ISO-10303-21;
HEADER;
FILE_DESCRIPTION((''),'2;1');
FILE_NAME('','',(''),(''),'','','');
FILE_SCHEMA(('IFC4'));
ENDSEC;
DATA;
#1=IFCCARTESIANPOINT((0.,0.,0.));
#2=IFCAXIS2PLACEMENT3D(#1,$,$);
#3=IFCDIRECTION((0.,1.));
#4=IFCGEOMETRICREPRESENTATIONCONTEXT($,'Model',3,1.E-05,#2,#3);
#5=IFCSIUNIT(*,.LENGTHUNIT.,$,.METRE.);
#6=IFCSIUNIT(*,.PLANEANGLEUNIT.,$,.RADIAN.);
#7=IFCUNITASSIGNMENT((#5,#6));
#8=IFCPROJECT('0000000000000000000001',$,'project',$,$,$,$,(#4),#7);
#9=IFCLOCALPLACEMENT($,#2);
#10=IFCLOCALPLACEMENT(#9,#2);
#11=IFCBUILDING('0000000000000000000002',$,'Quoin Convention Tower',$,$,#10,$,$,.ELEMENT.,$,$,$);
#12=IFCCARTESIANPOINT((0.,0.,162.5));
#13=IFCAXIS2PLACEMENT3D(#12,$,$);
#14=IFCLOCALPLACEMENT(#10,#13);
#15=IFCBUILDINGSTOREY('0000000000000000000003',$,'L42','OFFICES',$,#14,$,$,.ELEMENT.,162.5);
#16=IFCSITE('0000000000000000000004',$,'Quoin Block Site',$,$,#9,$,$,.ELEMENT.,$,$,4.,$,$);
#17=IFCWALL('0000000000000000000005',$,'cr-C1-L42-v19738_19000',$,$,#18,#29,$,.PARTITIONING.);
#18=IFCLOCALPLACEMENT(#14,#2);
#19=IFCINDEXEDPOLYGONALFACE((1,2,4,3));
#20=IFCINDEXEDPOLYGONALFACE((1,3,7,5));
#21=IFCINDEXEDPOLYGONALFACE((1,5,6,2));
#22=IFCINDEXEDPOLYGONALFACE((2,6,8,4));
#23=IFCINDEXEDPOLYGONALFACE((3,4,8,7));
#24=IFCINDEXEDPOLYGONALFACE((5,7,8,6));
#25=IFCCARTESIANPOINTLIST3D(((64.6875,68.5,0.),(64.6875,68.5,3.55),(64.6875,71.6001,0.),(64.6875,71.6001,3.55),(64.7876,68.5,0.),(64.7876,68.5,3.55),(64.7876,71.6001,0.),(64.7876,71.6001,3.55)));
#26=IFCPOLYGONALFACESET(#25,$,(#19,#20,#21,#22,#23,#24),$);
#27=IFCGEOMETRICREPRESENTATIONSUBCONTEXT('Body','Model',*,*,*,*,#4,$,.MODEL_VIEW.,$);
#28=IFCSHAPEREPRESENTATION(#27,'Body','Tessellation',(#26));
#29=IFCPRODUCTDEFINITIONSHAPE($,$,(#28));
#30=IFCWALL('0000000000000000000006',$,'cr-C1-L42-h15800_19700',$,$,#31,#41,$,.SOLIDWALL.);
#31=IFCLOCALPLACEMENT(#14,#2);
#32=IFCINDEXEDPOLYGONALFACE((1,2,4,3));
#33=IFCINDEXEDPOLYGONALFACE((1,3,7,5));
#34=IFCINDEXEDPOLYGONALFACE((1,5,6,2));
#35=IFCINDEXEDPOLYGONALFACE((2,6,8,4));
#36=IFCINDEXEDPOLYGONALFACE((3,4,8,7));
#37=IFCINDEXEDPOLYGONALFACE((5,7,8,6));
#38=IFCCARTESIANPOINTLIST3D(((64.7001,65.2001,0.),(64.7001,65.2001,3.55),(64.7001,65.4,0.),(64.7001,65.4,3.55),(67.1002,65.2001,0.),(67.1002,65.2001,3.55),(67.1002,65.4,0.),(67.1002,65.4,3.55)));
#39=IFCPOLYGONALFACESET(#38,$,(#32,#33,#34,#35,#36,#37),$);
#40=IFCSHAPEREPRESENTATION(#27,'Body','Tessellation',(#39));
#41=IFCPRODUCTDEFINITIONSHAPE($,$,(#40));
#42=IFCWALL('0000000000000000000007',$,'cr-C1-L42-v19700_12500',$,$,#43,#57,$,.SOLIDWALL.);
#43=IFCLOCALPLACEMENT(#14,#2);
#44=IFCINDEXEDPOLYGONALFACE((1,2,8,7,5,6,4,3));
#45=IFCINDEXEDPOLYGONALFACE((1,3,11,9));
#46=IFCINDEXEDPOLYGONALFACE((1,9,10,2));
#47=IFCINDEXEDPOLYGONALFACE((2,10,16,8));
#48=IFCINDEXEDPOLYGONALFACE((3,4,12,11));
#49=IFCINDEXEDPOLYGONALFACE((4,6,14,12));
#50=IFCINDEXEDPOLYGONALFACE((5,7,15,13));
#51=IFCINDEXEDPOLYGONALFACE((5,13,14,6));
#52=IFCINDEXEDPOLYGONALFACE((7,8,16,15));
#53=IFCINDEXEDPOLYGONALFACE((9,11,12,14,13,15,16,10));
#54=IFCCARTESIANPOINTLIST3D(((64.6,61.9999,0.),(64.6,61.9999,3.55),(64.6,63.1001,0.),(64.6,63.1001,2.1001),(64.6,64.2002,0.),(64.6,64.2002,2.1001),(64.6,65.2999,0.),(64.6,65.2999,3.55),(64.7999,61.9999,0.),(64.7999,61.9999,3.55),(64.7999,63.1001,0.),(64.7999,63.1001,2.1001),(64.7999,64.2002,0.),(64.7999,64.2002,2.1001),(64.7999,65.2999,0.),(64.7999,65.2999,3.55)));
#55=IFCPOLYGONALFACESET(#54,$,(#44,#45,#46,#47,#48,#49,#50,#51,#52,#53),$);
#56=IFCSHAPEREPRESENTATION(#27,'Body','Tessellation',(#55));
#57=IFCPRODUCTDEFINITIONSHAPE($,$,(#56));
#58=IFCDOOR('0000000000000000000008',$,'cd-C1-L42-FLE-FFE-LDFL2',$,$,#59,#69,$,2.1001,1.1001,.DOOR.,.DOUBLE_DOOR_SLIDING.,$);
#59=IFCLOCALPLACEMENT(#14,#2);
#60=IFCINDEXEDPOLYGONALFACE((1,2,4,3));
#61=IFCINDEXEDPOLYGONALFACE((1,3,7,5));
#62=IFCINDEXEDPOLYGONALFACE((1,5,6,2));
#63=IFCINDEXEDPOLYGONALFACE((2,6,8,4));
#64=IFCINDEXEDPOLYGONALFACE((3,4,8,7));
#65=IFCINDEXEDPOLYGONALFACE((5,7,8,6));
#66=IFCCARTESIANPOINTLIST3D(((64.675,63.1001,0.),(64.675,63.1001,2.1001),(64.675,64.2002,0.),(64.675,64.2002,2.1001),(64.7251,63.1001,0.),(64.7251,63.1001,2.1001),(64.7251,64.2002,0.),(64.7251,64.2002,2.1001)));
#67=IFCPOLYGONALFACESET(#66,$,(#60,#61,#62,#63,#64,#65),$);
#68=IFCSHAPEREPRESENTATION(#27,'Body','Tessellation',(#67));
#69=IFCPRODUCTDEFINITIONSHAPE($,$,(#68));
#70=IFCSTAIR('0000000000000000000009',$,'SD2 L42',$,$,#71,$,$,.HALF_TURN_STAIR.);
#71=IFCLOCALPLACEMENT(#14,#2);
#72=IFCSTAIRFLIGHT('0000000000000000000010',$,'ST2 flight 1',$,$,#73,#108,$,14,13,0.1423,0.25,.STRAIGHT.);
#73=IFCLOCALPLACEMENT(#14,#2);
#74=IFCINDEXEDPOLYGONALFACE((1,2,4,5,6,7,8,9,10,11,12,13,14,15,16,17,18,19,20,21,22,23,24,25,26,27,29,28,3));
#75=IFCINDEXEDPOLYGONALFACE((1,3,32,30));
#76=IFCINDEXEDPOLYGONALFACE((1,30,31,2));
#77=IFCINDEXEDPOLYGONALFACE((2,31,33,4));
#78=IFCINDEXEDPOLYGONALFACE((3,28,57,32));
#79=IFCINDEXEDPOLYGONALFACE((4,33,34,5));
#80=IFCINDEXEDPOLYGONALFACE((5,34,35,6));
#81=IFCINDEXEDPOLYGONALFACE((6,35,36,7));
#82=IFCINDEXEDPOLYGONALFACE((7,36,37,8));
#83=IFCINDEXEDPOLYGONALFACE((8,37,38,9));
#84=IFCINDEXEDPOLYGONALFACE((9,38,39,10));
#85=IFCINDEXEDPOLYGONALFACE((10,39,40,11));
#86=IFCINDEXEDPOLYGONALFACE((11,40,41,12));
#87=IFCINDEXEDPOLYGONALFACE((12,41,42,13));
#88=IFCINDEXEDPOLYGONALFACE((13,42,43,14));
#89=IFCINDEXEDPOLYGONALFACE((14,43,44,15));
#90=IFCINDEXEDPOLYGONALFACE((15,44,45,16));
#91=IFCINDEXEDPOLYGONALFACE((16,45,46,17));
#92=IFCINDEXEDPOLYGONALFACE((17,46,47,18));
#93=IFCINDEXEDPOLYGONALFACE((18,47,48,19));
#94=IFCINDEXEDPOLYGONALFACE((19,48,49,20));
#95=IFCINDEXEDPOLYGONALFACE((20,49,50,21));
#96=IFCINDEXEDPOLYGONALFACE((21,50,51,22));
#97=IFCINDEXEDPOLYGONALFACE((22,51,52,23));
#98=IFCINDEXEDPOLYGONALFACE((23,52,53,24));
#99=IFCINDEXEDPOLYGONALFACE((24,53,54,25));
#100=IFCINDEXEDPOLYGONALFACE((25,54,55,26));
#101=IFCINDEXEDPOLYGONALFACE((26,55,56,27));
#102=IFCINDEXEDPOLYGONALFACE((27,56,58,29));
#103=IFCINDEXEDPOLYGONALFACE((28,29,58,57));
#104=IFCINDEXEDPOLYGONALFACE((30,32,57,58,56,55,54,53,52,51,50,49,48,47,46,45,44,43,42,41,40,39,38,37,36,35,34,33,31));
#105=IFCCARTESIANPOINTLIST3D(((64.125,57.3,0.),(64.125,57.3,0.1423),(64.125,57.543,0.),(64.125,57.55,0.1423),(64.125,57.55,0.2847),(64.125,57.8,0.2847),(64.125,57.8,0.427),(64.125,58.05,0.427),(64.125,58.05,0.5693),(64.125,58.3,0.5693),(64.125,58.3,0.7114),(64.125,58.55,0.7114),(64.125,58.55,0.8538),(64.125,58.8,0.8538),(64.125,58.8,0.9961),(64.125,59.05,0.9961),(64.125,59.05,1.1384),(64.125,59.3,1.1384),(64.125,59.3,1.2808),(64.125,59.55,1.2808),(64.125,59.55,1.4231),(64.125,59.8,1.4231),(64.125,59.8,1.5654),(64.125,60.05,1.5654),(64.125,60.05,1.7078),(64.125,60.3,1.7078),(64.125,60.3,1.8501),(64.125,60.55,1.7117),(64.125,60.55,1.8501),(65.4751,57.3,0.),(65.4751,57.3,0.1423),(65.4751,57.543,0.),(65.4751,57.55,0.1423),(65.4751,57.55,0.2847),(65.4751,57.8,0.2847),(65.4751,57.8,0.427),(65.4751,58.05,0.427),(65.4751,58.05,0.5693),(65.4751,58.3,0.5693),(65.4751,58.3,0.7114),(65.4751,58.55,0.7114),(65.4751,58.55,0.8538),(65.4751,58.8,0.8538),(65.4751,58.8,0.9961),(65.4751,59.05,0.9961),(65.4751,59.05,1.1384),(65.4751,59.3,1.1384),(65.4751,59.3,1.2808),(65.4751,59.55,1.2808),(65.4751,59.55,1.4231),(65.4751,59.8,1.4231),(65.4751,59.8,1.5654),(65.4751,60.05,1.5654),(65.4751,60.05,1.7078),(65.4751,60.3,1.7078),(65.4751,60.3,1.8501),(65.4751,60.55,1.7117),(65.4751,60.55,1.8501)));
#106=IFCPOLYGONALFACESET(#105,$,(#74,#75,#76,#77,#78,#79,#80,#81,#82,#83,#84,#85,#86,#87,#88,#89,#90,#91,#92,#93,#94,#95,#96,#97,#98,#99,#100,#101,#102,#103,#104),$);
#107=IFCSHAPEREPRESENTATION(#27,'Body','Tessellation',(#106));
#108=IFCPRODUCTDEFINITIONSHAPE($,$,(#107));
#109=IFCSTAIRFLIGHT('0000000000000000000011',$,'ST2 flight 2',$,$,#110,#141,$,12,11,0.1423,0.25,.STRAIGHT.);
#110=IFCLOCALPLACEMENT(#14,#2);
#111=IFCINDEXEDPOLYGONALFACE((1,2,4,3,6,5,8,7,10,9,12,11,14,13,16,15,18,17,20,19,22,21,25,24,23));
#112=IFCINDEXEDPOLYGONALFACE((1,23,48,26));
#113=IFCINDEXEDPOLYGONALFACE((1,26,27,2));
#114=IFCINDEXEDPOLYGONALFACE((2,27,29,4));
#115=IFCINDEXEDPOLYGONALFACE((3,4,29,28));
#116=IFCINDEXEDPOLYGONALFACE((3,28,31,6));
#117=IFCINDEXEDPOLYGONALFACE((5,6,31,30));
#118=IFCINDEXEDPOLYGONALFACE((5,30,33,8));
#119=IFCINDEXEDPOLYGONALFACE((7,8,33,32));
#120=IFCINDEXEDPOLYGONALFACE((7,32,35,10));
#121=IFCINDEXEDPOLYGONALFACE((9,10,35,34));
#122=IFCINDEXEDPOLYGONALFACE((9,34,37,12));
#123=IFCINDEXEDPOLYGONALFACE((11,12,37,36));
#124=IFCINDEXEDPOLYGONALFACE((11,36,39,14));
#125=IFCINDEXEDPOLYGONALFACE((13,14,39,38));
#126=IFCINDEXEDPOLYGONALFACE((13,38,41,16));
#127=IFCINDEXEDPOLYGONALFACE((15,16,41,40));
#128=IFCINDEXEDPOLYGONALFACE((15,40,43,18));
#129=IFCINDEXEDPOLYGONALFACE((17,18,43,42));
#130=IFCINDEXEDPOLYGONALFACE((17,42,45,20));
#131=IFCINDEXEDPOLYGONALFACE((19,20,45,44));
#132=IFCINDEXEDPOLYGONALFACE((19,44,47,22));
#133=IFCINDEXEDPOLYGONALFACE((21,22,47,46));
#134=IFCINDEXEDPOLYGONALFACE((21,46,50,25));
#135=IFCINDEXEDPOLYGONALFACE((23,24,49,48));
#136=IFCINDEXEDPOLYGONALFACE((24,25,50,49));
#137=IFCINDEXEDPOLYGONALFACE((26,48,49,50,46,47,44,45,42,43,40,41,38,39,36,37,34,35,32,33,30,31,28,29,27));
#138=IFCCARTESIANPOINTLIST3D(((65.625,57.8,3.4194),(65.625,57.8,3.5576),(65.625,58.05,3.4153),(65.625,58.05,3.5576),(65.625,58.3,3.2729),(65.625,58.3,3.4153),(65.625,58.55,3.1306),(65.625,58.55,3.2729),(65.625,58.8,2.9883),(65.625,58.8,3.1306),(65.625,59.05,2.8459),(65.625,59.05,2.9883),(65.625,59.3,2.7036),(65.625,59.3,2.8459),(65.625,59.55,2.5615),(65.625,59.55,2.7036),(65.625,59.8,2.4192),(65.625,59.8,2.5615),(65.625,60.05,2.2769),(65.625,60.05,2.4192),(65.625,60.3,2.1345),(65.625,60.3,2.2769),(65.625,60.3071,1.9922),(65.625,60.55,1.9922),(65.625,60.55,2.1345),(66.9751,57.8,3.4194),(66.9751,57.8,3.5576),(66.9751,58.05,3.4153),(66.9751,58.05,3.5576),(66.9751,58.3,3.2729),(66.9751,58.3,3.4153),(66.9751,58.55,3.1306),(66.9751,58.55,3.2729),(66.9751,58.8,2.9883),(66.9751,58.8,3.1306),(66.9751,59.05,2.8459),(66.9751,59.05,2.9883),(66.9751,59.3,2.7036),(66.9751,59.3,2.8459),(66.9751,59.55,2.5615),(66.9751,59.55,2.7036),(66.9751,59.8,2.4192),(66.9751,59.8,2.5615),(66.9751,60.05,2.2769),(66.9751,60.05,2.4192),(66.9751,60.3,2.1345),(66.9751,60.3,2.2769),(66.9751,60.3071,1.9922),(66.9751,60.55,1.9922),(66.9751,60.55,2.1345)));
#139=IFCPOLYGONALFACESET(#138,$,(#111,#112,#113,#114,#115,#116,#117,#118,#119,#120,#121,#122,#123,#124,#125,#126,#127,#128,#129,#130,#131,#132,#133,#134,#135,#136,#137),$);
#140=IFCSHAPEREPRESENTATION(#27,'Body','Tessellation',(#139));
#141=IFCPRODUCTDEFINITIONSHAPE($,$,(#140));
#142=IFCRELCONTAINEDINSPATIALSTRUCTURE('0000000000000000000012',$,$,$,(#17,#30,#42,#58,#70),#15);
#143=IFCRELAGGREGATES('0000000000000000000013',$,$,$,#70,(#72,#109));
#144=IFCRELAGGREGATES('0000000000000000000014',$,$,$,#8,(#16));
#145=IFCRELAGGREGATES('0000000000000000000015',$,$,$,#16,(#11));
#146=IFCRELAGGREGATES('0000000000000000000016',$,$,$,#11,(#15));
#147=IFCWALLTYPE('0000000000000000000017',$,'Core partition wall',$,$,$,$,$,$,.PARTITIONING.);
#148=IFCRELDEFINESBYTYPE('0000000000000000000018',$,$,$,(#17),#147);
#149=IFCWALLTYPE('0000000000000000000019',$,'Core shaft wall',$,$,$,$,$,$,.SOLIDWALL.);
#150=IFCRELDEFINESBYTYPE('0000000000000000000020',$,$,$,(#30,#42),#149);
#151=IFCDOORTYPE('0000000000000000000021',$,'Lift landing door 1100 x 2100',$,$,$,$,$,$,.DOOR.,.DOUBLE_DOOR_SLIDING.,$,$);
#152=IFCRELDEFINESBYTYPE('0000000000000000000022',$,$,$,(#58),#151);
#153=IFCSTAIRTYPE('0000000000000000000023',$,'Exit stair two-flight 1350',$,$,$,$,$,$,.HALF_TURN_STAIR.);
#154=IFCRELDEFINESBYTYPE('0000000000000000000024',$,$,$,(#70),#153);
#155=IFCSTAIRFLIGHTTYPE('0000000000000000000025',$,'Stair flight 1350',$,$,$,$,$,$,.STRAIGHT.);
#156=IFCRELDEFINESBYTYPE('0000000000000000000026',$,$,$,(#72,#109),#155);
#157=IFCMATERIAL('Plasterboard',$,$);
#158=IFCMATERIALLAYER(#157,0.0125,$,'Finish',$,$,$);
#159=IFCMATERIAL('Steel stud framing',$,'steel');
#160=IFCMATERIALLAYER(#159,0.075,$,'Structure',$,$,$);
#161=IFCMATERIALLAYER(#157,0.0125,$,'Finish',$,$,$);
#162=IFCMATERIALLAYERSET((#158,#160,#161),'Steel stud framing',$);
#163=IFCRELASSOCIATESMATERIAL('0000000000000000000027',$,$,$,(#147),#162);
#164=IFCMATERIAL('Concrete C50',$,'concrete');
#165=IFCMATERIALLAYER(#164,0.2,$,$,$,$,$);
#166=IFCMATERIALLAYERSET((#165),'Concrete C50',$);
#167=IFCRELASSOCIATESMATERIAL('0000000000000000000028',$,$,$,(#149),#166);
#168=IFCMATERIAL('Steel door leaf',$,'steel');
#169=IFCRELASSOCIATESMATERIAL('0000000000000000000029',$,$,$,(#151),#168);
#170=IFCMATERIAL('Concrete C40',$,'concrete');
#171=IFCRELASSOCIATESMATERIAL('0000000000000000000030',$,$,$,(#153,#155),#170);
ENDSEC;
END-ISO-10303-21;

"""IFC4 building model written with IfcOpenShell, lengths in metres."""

from ifc_helpers import new_model, si_unit, direction, frame, frame_2d, origin, place, context, subcontext, project, spatial, polyline, rectangle, outline, extrude, material, layer, layer_set, type_object, element, fill, aggregate, save


model = new_model("IFC4")

# Units and contexts
model_context = context("Model", 3, precision=1e-05, world=origin(), true_north=direction((0.0, 1.0)))
body_context = subcontext(model_context, "Body", "Model", "MODEL_VIEW")
ifc_project = project(units=[si_unit("LENGTHUNIT", "METRE"), si_unit("PLANEANGLEUNIT", "RADIAN")], contexts=[model_context])

# Site, building, storey
site_placement = place(None, origin())
site = spatial("IfcSite", under=ifc_project, at=site_placement, Name="Quoin Block Site", CompositionType="ELEMENT", RefElevation=4.0)
building_placement = place(site_placement, origin())
building = spatial("IfcBuilding", under=site, at=building_placement, Name="Quoin Convention Tower", CompositionType="ELEMENT")
storey_placement = place(building_placement, frame((0.0, 0.0, 162.5)))
storey = spatial("IfcBuildingStorey", under=building, at=storey_placement, Name="L42", Description="OFFICES", CompositionType="ELEMENT", Elevation=162.5)

# Shared definitions
ifc_material_1 = material(Name="Concrete C50", Category="concrete")

# Shared definitions
ifc_material_2 = material(Name="Plasterboard")
ifc_material_3 = material(Name="Steel stud framing", Category="steel")

# Shared definitions
ifc_material_4 = material(Name="Steel door leaf", Category="steel")

# Walls
ifc_layer_1 = layer(ifc_material_2, 0.0125, Name="Finish")
ifc_layer_2 = layer(ifc_material_3, 0.075, Name="Structure")
ifc_layer_3 = layer(ifc_material_2, 0.0125, Name="Finish")
ifc_layer_set_1 = layer_set([ifc_layer_1, ifc_layer_2, ifc_layer_3], Name="Steel stud framing")
wall_type_1 = type_object("IfcWallType", Name="Core partition wall", PredefinedType="PARTITIONING", material=ifc_layer_set_1)
wall_1_placement = place(storey_placement, frame((64.7375, 68.5, 0.0), z_axis=(0.0, 0.0, 1.0), x_axis=(0.0, 1.0, 0.0)))
element("IfcWall", 1, at=wall_1_placement, inside=storey, type_object=wall_type_1, Name="cr-C1-L42-v19738_19000", PredefinedType="PARTITIONING", context=body_context, shape_type="SweptSolid", body=[
    extrude(rectangle(XDim=3.1001, YDim=0.1001, at=frame_2d((1.55, 0.0))), origin(), (0.0, 0.0, 1.0), 3.55),
])
ifc_layer_4 = layer(ifc_material_1, 0.2)
ifc_layer_set_2 = layer_set([ifc_layer_4], Name="Concrete C50")
wall_type_2 = type_object("IfcWallType", Name="Core shaft wall", PredefinedType="SOLIDWALL", material=ifc_layer_set_2)
wall_2_placement = place(storey_placement, frame((64.7, 65.3, 0.0), z_axis=(0.0, 0.0, 1.0), x_axis=(1.0, 0.0, 0.0)))
element("IfcWall", 2, at=wall_2_placement, inside=storey, type_object=wall_type_2, Name="cr-C1-L42-h15800_19700", PredefinedType="SOLIDWALL", context=body_context, shape_type="SweptSolid", body=[
    extrude(rectangle(XDim=2.4001, YDim=0.2, at=frame_2d((1.2002, 0.0))), origin(), (0.0, 0.0, 1.0), 3.55),
])

# Wall, opening, door
wall_3_placement = place(storey_placement, frame((64.7, 62.0, 0.0), z_axis=(0.0, 0.0, 1.0), x_axis=(0.0, 1.0, 0.0)))
wall_3 = element("IfcWall", 3, at=wall_3_placement, inside=storey, type_object=wall_type_2, Name="cr-C1-L42-v19700_12500", PredefinedType="SOLIDWALL", context=body_context, shape_type="SweptSolid", body=[
    extrude(rectangle(XDim=3.3, YDim=0.2, at=frame_2d((1.6499, 0.0))), origin(), (0.0, 0.0, 1.0), 3.55),
])
opening_1_placement = place(wall_3_placement, frame((1.1001, 0.0, 0.0)))
opening_1 = element("IfcOpeningElement", 4, at=opening_1_placement, cuts=wall_3, PredefinedType="OPENING", context=body_context, shape_type="SweptSolid", body=[
    extrude(rectangle(XDim=1.1001, YDim=2.1001, at=frame_2d((0.55, 1.05))), frame((0.0, 0.1099, 0.0), z_axis=(0.0, -1.0, 0.0), x_axis=(1.0, 0.0, 0.0)), (0.0, 0.0, 1.0), 0.22),
])
door_type_1 = type_object("IfcDoorType", Name="Lift landing door 1100 x 2100", OperationType="DOUBLE_DOOR_SLIDING", PredefinedType="DOOR", material=ifc_material_4)
door_1_placement = place(opening_1_placement, origin())
door_1 = element("IfcDoor", 5, at=door_1_placement, inside=storey, type_object=door_type_1, Name="cd-C1-L42-FLE-FFE-LDFL2", OperationType="DOUBLE_DOOR_SLIDING", OverallHeight=2.1001, OverallWidth=1.1001, PredefinedType="DOOR", context=body_context, shape_type="SweptSolid", body=[
    extrude(rectangle(XDim=1.1001, YDim=2.1001, at=frame_2d((0.55, 1.05))), frame((0.0, 0.0249, 0.0), z_axis=(0.0, -1.0, 0.0), x_axis=(1.0, 0.0, 0.0)), (0.0, 0.0, 1.0), 0.05),
])
fill(opening_1, door_1)

# Stair, stair flights
ifc_material_5 = material(Name="Concrete C40", Category="concrete")
stair_type = type_object("IfcStairType", Name="Exit stair two-flight 1350", PredefinedType="HALF_TURN_STAIR", material=ifc_material_5)
stair_placement = place(storey_placement, origin())
stair = element("IfcStair", 6, at=stair_placement, inside=storey, type_object=stair_type, Name="SD2 L42", PredefinedType="HALF_TURN_STAIR")
stair_flight_type = type_object("IfcStairFlightType", Name="Stair flight 1350", PredefinedType="STRAIGHT", material=ifc_material_5)
stair_flight_1_placement = place(storey_placement, frame((64.8, 57.3, 0.0), z_axis=(0.0, 0.0, 1.0), x_axis=(0.0, 1.0, 0.0)))
stair_flight_1 = element("IfcStairFlight", 7, at=stair_flight_1_placement, type_object=stair_flight_type, Name="ST2 flight 1", NumberOfRisers=14, NumberOfTreads=13, PredefinedType="STRAIGHT", RiserHeight=0.1423, TreadLength=0.25, context=body_context, shape_type="SweptSolid", body=[
    extrude(outline(polyline([(0.0, 0.0), (0.0, 0.1423), (0.25, 0.1423), (0.25, 0.2847), (0.5, 0.2847), (0.5, 0.427), (0.75, 0.427), (0.75, 0.5693), (1.0, 0.5693), (1.0, 0.7114), (1.25, 0.7114), (1.25, 0.8538), (1.5, 0.8538), (1.5, 0.9961), (1.75, 0.9961), (1.75, 1.1384), (2.0, 1.1384), (2.0, 1.2808), (2.25, 1.2808), (2.25, 1.4231), (2.5, 1.4231), (2.5, 1.5654), (2.75, 1.5654), (2.75, 1.7078), (3.0, 1.7078), (3.0, 1.8501), (3.25, 1.8501), (3.25, 1.9922), (3.25, 1.7117), (0.2429, 0.0), (0.0, 0.0)])), frame((0.0, 0.675, 0.0), z_axis=(0.0, -1.0, 0.0), x_axis=(1.0, 0.0, 0.0)), (0.0, 0.0, 1.0), 1.3501),
])
stair_flight_2_placement = place(storey_placement, frame((66.3, 60.55, 1.9922), z_axis=(0.0, 0.0, 1.0), x_axis=(0.0, -1.0, 0.0)))
stair_flight_2 = element("IfcStairFlight", 8, at=stair_flight_2_placement, type_object=stair_flight_type, Name="ST2 flight 2", NumberOfRisers=12, NumberOfTreads=11, PredefinedType="STRAIGHT", RiserHeight=0.1423, TreadLength=0.25, context=body_context, shape_type="SweptSolid", body=[
    extrude(outline(polyline([(0.0, 0.0), (0.0, 0.1423), (0.25, 0.1423), (0.25, 0.2847), (0.5, 0.2847), (0.5, 0.427), (0.75, 0.427), (0.75, 0.5693), (1.0, 0.5693), (1.0, 0.7114), (1.25, 0.7114), (1.25, 0.8538), (1.5, 0.8538), (1.5, 0.9961), (1.75, 0.9961), (1.75, 1.1384), (2.0, 1.1384), (2.0, 1.2808), (2.25, 1.2808), (2.25, 1.4231), (2.5, 1.4231), (2.5, 1.5654), (2.75, 1.5654), (2.75, 1.7078), (2.75, 1.4272), (0.2429, 0.0), (0.0, 0.0)])), frame((0.0, 0.675, 0.0), z_axis=(0.0, -1.0, 0.0), x_axis=(1.0, 0.0, 0.0)), (0.0, 0.0, 1.0), 1.3501),
])
aggregate(stair, [stair_flight_1, stair_flight_2])

save(model, "model.ifc")
